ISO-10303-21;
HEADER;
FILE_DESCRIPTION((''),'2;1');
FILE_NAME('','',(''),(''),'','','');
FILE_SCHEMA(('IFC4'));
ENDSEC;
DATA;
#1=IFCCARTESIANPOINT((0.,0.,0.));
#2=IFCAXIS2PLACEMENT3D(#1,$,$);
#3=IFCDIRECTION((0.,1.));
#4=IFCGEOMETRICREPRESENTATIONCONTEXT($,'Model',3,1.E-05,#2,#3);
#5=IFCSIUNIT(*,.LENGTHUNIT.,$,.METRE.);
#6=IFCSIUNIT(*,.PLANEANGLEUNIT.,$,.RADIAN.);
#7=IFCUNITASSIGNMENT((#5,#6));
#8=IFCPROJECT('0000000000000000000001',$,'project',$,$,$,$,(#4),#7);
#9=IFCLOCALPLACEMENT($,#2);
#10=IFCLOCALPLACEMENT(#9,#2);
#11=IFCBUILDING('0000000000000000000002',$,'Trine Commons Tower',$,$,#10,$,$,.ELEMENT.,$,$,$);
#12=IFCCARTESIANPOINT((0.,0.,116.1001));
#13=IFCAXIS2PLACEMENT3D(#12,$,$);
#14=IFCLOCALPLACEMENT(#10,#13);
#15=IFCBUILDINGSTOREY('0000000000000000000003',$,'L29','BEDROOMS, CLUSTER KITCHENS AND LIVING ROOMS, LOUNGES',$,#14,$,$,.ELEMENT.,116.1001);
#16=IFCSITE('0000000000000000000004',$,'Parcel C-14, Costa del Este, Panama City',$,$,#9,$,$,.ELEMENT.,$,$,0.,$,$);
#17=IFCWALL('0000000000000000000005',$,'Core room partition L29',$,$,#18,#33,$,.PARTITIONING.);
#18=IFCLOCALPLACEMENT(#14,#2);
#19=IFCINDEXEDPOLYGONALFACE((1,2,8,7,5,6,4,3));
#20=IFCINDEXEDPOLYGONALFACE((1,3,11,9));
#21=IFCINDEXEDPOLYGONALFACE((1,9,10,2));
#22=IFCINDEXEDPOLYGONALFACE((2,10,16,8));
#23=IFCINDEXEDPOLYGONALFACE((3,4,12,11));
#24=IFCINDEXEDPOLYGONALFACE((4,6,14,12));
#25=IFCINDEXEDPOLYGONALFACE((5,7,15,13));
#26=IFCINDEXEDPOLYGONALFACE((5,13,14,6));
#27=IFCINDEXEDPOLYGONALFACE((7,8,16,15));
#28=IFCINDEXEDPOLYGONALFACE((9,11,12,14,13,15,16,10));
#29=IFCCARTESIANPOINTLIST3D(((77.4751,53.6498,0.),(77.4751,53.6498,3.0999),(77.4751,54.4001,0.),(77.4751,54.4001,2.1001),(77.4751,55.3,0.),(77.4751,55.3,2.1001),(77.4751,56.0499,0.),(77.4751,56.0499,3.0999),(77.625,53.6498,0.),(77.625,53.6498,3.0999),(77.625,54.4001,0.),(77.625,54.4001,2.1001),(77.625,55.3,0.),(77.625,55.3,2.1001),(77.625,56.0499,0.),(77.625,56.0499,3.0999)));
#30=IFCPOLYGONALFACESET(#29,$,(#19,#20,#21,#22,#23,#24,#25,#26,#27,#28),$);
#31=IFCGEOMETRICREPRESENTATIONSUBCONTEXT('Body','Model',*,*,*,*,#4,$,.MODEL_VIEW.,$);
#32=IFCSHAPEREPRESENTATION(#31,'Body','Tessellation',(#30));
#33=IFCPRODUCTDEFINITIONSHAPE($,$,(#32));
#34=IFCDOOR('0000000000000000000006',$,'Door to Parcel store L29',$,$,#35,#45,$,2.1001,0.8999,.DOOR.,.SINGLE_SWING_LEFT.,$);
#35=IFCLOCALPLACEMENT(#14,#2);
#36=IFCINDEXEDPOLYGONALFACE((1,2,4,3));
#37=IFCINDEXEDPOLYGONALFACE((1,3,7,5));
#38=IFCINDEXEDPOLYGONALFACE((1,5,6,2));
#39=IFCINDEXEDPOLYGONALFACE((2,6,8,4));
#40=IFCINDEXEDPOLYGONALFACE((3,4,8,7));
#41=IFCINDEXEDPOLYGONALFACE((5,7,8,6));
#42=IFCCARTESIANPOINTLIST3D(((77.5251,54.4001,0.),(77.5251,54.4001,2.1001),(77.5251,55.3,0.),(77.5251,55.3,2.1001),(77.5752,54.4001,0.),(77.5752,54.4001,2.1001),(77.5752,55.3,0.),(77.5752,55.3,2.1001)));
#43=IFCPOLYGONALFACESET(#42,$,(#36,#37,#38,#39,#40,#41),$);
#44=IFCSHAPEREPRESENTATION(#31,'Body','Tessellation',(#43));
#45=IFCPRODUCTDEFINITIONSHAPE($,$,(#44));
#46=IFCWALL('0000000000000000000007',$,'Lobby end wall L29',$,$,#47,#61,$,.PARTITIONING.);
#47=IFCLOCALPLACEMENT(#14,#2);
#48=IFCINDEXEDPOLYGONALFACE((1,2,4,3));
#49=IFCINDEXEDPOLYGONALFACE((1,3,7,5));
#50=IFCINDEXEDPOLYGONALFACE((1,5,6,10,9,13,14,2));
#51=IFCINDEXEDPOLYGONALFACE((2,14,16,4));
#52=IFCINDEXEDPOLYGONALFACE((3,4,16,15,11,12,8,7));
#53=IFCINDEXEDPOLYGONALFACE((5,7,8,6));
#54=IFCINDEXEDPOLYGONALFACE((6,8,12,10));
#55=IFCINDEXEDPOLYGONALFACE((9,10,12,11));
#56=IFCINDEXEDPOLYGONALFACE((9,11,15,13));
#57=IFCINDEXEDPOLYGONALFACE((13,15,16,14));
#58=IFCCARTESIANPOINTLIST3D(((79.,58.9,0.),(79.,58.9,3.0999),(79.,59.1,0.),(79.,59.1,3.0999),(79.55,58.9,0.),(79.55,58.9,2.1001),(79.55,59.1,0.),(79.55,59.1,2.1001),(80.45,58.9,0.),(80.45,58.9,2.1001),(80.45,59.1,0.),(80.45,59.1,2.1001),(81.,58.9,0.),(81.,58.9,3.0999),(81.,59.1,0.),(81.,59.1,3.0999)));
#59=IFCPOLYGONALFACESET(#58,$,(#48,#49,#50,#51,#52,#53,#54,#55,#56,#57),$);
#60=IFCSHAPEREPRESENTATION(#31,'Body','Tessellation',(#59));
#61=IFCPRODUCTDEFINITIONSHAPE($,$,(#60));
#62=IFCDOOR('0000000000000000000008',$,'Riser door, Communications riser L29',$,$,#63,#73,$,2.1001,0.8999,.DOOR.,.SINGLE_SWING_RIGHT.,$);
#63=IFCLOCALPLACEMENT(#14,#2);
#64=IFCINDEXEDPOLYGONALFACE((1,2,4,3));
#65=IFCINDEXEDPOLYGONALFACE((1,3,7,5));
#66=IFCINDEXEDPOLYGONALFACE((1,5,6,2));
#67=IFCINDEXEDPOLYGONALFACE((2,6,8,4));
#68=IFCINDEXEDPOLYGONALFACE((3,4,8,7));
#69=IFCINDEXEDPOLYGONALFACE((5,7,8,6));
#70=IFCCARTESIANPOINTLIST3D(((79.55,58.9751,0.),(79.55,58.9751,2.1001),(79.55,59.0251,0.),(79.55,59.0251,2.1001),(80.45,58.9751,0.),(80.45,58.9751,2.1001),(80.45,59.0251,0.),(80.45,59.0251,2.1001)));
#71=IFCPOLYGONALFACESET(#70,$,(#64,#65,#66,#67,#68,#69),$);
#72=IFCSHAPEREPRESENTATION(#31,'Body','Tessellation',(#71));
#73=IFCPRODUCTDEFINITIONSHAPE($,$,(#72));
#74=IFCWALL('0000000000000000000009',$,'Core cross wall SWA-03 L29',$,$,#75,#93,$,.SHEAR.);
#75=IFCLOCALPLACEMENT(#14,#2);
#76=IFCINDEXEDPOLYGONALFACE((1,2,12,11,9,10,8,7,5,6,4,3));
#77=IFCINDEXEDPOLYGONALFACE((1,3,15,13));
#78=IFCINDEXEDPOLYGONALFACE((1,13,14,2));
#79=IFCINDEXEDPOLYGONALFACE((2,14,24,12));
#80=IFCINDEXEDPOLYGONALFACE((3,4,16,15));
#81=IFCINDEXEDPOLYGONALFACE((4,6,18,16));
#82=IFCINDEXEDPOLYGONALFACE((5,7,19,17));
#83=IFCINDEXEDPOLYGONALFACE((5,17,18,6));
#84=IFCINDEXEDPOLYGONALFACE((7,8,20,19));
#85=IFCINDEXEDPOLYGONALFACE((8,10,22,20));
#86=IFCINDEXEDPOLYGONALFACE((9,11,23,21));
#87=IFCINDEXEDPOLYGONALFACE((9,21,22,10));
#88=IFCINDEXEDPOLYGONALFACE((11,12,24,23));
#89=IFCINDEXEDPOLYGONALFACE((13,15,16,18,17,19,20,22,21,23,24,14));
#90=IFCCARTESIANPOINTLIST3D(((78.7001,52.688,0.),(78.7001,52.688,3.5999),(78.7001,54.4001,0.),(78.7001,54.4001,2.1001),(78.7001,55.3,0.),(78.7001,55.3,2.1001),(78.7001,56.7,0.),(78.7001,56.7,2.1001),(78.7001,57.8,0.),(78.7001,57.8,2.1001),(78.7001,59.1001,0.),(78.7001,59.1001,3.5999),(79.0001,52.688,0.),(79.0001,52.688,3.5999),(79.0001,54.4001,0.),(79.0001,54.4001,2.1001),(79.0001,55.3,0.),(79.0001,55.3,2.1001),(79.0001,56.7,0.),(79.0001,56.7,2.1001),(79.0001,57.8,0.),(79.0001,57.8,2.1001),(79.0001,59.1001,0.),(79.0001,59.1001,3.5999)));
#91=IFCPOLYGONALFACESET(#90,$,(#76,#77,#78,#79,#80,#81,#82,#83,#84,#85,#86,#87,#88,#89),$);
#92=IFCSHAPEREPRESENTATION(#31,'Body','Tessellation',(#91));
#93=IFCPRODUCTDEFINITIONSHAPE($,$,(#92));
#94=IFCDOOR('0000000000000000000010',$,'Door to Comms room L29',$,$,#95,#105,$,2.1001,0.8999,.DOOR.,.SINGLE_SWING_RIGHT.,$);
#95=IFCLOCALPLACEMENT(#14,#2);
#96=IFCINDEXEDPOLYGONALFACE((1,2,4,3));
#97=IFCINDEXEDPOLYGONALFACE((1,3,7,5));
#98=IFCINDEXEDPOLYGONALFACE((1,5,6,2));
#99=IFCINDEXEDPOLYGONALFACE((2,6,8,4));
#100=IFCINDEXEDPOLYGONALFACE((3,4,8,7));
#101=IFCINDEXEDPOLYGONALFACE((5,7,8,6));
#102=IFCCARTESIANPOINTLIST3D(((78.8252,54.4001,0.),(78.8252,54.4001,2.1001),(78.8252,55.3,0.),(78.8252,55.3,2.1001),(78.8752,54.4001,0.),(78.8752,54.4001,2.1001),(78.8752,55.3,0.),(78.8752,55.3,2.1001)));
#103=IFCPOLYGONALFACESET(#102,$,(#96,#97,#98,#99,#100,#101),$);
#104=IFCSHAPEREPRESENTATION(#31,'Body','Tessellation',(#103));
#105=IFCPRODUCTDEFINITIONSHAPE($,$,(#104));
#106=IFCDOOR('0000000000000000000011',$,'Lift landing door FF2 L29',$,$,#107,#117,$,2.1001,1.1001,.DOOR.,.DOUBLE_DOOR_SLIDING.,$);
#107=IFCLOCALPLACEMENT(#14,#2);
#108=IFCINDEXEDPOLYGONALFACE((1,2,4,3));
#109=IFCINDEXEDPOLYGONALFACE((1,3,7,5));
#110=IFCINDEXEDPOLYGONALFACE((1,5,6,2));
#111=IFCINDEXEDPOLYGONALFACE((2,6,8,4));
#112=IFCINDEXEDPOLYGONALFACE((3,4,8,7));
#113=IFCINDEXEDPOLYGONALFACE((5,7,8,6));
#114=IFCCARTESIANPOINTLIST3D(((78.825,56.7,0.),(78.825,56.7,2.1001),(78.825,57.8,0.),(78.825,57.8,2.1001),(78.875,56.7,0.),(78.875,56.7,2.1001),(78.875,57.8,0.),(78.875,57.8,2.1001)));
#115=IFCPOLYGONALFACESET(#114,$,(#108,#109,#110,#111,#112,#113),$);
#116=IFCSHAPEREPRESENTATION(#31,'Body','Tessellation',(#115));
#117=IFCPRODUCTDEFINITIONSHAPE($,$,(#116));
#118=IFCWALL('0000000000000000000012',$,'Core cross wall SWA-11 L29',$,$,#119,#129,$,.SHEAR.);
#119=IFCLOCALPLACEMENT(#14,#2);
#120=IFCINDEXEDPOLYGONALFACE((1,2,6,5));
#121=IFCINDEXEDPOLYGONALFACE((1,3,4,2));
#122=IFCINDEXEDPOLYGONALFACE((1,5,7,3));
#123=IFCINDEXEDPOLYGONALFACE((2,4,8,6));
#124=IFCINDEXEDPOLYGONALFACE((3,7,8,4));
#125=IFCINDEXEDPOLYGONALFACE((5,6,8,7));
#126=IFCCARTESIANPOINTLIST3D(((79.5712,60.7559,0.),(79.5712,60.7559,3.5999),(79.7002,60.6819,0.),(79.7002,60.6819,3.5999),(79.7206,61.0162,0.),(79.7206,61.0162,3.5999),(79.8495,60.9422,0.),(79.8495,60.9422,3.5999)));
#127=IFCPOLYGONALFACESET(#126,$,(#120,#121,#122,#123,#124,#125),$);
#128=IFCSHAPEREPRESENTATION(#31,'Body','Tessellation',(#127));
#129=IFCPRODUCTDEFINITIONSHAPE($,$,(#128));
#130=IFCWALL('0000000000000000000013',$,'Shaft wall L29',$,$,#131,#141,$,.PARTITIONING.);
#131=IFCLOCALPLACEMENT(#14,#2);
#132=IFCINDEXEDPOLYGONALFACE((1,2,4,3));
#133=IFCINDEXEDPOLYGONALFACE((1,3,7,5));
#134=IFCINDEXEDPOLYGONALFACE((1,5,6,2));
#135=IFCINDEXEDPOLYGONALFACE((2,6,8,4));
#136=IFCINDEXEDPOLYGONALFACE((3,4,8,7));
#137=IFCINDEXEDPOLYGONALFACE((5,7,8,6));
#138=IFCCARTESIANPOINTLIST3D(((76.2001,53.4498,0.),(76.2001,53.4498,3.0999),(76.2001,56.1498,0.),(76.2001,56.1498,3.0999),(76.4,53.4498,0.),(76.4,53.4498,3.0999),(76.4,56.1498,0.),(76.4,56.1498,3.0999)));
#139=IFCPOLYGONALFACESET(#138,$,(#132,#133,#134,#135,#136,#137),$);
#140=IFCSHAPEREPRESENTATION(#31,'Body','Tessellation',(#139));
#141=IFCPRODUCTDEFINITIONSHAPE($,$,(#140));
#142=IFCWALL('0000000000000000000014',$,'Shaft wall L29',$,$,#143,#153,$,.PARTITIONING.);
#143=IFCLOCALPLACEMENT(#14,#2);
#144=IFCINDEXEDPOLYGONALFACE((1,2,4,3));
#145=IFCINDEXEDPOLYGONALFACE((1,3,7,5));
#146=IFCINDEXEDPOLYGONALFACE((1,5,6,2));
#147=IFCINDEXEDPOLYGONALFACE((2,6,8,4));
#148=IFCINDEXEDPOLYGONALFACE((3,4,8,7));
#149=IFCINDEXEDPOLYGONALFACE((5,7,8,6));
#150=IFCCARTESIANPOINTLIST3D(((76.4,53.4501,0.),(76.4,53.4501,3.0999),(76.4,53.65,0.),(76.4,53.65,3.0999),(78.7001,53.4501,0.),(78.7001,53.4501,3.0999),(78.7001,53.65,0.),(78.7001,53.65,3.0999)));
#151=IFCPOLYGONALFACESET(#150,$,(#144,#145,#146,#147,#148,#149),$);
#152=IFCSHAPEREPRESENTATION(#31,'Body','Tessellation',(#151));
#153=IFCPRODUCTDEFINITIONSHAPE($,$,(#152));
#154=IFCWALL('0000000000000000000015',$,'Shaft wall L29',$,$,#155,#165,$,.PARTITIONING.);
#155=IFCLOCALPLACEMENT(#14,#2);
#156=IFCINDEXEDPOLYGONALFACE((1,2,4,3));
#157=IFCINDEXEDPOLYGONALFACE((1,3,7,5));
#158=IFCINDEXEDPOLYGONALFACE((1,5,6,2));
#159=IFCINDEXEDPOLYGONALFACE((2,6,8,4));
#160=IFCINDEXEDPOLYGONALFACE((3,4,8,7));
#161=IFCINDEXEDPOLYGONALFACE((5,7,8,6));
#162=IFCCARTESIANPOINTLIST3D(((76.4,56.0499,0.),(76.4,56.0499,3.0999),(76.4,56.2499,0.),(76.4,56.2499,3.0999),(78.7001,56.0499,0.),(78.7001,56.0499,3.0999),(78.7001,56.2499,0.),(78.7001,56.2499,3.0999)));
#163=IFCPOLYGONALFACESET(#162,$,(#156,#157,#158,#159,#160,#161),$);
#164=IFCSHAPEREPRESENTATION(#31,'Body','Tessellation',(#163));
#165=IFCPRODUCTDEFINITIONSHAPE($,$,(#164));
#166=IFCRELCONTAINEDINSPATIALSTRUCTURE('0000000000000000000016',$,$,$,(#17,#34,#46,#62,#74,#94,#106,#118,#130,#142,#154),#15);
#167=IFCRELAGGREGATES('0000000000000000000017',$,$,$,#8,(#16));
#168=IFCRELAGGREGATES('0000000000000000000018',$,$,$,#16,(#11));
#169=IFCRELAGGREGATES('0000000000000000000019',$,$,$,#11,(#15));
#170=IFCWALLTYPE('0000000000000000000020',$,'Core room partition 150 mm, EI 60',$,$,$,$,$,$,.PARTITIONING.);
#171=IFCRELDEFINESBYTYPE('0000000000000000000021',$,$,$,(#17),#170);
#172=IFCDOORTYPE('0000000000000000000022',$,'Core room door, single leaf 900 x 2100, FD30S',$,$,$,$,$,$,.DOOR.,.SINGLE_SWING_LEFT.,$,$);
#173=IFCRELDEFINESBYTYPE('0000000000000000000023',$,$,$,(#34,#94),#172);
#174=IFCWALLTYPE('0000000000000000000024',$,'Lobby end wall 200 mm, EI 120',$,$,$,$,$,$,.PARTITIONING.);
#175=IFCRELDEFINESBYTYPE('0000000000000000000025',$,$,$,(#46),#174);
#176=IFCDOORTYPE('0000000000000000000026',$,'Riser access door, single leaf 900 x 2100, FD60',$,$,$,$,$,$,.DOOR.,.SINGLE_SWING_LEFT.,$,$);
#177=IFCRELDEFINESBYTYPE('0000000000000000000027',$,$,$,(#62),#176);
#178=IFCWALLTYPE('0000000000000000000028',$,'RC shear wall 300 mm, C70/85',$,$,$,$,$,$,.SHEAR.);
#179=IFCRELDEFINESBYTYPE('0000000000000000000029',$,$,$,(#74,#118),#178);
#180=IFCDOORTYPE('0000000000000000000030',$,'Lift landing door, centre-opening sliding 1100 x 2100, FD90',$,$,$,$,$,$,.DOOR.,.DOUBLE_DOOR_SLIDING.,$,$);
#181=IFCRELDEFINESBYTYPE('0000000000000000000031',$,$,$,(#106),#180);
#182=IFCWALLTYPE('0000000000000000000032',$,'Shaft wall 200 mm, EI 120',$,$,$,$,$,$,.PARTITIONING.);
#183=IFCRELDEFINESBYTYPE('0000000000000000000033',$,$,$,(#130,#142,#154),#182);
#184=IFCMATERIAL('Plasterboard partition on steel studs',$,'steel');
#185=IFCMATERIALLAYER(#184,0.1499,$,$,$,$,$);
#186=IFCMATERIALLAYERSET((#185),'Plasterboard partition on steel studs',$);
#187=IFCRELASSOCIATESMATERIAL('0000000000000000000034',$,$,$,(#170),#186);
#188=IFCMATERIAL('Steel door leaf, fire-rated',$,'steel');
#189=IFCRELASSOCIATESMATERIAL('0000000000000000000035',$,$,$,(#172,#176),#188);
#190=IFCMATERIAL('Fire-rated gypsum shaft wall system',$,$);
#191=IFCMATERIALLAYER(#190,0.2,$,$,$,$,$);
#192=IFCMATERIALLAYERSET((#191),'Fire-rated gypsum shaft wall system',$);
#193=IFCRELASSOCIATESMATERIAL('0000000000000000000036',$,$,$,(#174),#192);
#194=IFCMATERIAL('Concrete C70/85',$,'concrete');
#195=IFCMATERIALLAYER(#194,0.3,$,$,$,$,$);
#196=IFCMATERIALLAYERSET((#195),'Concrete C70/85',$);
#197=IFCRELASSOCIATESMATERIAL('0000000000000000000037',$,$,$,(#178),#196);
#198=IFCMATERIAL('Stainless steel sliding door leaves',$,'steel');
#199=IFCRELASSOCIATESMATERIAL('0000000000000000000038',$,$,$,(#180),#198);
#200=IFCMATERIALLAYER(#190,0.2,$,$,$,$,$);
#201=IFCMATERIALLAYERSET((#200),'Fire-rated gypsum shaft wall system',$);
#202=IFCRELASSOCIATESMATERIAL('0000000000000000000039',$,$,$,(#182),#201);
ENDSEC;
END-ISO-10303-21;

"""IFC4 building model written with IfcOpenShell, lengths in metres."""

from ifc_helpers import new_model, si_unit, direction, frame, frame_2d, origin, place, context, subcontext, project, spatial, rectangle, extrude, material, layer, layer_set, type_object, element, fill, save


model = new_model("IFC4")

# Units and contexts
model_context = context("Model", 3, precision=1e-05, world=origin(), true_north=direction((0.0, 1.0)))
body_context = subcontext(model_context, "Body", "Model", "MODEL_VIEW")
ifc_project = project(units=[si_unit("LENGTHUNIT", "METRE"), si_unit("PLANEANGLEUNIT", "RADIAN")], contexts=[model_context])

# Site, building, storey
site_placement = place(None, origin())
site = spatial("IfcSite", under=ifc_project, at=site_placement, Name="Parcel C-14, Costa del Este, Panama City", CompositionType="ELEMENT", RefElevation=0.0)
building_placement = place(site_placement, origin())
building = spatial("IfcBuilding", under=site, at=building_placement, Name="Trine Commons Tower", CompositionType="ELEMENT")
storey_placement = place(building_placement, frame((0.0, 0.0, 116.1001)))
storey = spatial("IfcBuildingStorey", under=building, at=storey_placement, Name="L29", Description="BEDROOMS, CLUSTER KITCHENS AND LIVING ROOMS, LOUNGES", CompositionType="ELEMENT", Elevation=116.1001)

# Walls, openings, doors
ifc_material_1 = material(Name="Plasterboard partition on steel studs", Category="steel")
ifc_layer_1 = layer(ifc_material_1, 0.1499)
ifc_layer_set_1 = layer_set([ifc_layer_1], Name="Plasterboard partition on steel studs")
wall_type_1 = type_object("IfcWallType", Name="Core room partition 150 mm, EI 60", PredefinedType="PARTITIONING", material=ifc_layer_set_1)
wall_1_placement = place(storey_placement, frame((77.55, 56.05, 0.0), z_axis=(0.0, 0.0, 1.0), x_axis=(0.0, -1.0, 0.0)))
wall_1 = element("IfcWall", 1, at=wall_1_placement, inside=storey, type_object=wall_type_1, Name="Core room partition L29", PredefinedType="PARTITIONING", context=body_context, shape_type="SweptSolid", body=[
    extrude(rectangle(XDim=2.4001, YDim=0.1499, at=frame_2d((1.2002, 0.0))), origin(), (0.0, 0.0, 1.0), 3.0999),
])
opening_1_placement = place(wall_1_placement, frame((0.75, 0.0, 0.0)))
opening_1 = element("IfcOpeningElement", 2, at=opening_1_placement, cuts=wall_1, PredefinedType="OPENING", context=body_context, shape_type="SweptSolid", body=[
    extrude(rectangle(XDim=0.8999, YDim=2.1001, at=frame_2d((0.45, 1.05))), frame((0.0, 0.085, 0.0), z_axis=(0.0, -1.0, 0.0), x_axis=(1.0, 0.0, 0.0)), (0.0, 0.0, 1.0), 0.1699),
])
ifc_material_2 = material(Name="Steel door leaf, fire-rated", Category="steel")
door_type_1 = type_object("IfcDoorType", Name="Core room door, single leaf 900 x 2100, FD30S", OperationType="SINGLE_SWING_LEFT", PredefinedType="DOOR", material=ifc_material_2)
door_1_placement = place(opening_1_placement, frame((0.8999, 0.0, 0.0), z_axis=(0.0, 0.0, 1.0), x_axis=(-1.0, 0.0, 0.0)))
door_1 = element("IfcDoor", 3, at=door_1_placement, inside=storey, type_object=door_type_1, Name="Door to Parcel store L29", OperationType="SINGLE_SWING_LEFT", OverallHeight=2.1001, OverallWidth=0.8999, PredefinedType="DOOR", context=body_context, shape_type="SweptSolid", body=[
    extrude(rectangle(XDim=0.8999, YDim=2.1001, at=frame_2d((0.45, 1.05))), frame((0.0, 0.0249, 0.0), z_axis=(0.0, -1.0, 0.0), x_axis=(1.0, 0.0, 0.0)), (0.0, 0.0, 1.0), 0.05),
])
fill(opening_1, door_1)
ifc_material_3 = material(Name="Fire-rated gypsum shaft wall system")
ifc_layer_2 = layer(ifc_material_3, 0.2)
ifc_layer_set_2 = layer_set([ifc_layer_2], Name="Fire-rated gypsum shaft wall system")
wall_type_2 = type_object("IfcWallType", Name="Lobby end wall 200 mm, EI 120", PredefinedType="PARTITIONING", material=ifc_layer_set_2)
wall_2_placement = place(storey_placement, frame((79.0, 59.0, 0.0), z_axis=(0.0, 0.0, 1.0), x_axis=(1.0, 0.0, 0.0)))
wall_2 = element("IfcWall", 4, at=wall_2_placement, inside=storey, type_object=wall_type_2, Name="Lobby end wall L29", PredefinedType="PARTITIONING", context=body_context, shape_type="SweptSolid", body=[
    extrude(rectangle(XDim=2.0, YDim=0.2, at=frame_2d((1.0, 0.0))), origin(), (0.0, 0.0, 1.0), 3.0999),
])
opening_2_placement = place(wall_2_placement, frame((0.55, 0.0, 0.0)))
opening_2 = element("IfcOpeningElement", 5, at=opening_2_placement, cuts=wall_2, PredefinedType="OPENING", context=body_context, shape_type="SweptSolid", body=[
    extrude(rectangle(XDim=0.8999, YDim=2.1001, at=frame_2d((0.45, 1.05))), frame((0.0, 0.1099, 0.0), z_axis=(0.0, -1.0, 0.0), x_axis=(1.0, 0.0, 0.0)), (0.0, 0.0, 1.0), 0.22),
])
door_type_2 = type_object("IfcDoorType", Name="Riser access door, single leaf 900 x 2100, FD60", OperationType="SINGLE_SWING_LEFT", PredefinedType="DOOR", material=ifc_material_2)
door_2_placement = place(opening_2_placement, frame((0.8999, 0.0, 0.0), z_axis=(0.0, 0.0, 1.0), x_axis=(-1.0, 0.0, 0.0)))
door_2 = element("IfcDoor", 6, at=door_2_placement, inside=storey, type_object=door_type_2, Name="Riser door, Communications riser L29", OperationType="SINGLE_SWING_RIGHT", OverallHeight=2.1001, OverallWidth=0.8999, PredefinedType="DOOR", context=body_context, shape_type="SweptSolid", body=[
    extrude(rectangle(XDim=0.8999, YDim=2.1001, at=frame_2d((0.45, 1.05))), frame((0.0, 0.0249, 0.0), z_axis=(0.0, -1.0, 0.0), x_axis=(1.0, 0.0, 0.0)), (0.0, 0.0, 1.0), 0.05),
])
fill(opening_2, door_2)

# Wall, openings, doors
ifc_material_4 = material(Name="Concrete C70/85", Category="concrete")
ifc_layer_3 = layer(ifc_material_4, 0.3)
ifc_layer_set_3 = layer_set([ifc_layer_3], Name="Concrete C70/85")
wall_type_3 = type_object("IfcWallType", Name="RC shear wall 300 mm, C70/85", PredefinedType="SHEAR", material=ifc_layer_set_3)
wall_3_placement = place(storey_placement, frame((78.8501, 59.1001, 0.0), z_axis=(0.0, 0.0, 1.0), x_axis=(0.0, -1.0, 0.0)))
wall_3 = element("IfcWall", 7, at=wall_3_placement, inside=storey, type_object=wall_type_3, Name="Core cross wall SWA-03 L29", PredefinedType="SHEAR", context=body_context, shape_type="SweptSolid", body=[
    extrude(rectangle(XDim=6.4121, YDim=0.3, at=frame_2d((3.2061, 0.0))), origin(), (0.0, 0.0, 1.0), 3.5999),
])
opening_3_placement = place(wall_3_placement, frame((3.8, 0.0, 0.0)))
opening_3 = element("IfcOpeningElement", 8, at=opening_3_placement, cuts=wall_3, PredefinedType="OPENING", context=body_context, shape_type="SweptSolid", body=[
    extrude(rectangle(XDim=0.8999, YDim=2.1001, at=frame_2d((0.45, 1.05))), frame((0.0, 0.1599, 0.0), z_axis=(0.0, -1.0, 0.0), x_axis=(1.0, 0.0, 0.0)), (0.0, 0.0, 1.0), 0.3201),
])
opening_4_placement = place(wall_3_placement, frame((1.3, 0.0, 0.0)))
opening_4 = element("IfcOpeningElement", 9, at=opening_4_placement, cuts=wall_3, PredefinedType="OPENING", context=body_context, shape_type="SweptSolid", body=[
    extrude(rectangle(XDim=1.1001, YDim=2.1001, at=frame_2d((0.55, 1.05))), frame((0.0, 0.1599, 0.0), z_axis=(0.0, -1.0, 0.0), x_axis=(1.0, 0.0, 0.0)), (0.0, 0.0, 1.0), 0.3201),
])
door_3_placement = place(opening_3_placement, frame((0.8999, 0.0, 0.0), z_axis=(0.0, 0.0, 1.0), x_axis=(-1.0, 0.0, 0.0)))
door_3 = element("IfcDoor", 10, at=door_3_placement, inside=storey, type_object=door_type_1, Name="Door to Comms room L29", OperationType="SINGLE_SWING_RIGHT", OverallHeight=2.1001, OverallWidth=0.8999, PredefinedType="DOOR", context=body_context, shape_type="SweptSolid", body=[
    extrude(rectangle(XDim=0.8999, YDim=2.1001, at=frame_2d((0.45, 1.05))), frame((0.0, 0.0249, 0.0), z_axis=(0.0, -1.0, 0.0), x_axis=(1.0, 0.0, 0.0)), (0.0, 0.0, 1.0), 0.05),
])
fill(opening_3, door_3)
ifc_material_5 = material(Name="Stainless steel sliding door leaves", Category="steel")
door_type_3 = type_object("IfcDoorType", Name="Lift landing door, centre-opening sliding 1100 x 2100, FD90", OperationType="DOUBLE_DOOR_SLIDING", PredefinedType="DOOR", material=ifc_material_5)
door_4_placement = place(opening_4_placement, origin())
door_4 = element("IfcDoor", 11, at=door_4_placement, inside=storey, type_object=door_type_3, Name="Lift landing door FF2 L29", OperationType="DOUBLE_DOOR_SLIDING", OverallHeight=2.1001, OverallWidth=1.1001, PredefinedType="DOOR", context=body_context, shape_type="SweptSolid", body=[
    extrude(rectangle(XDim=1.1001, YDim=2.1001, at=frame_2d((0.55, 1.05))), frame((0.0, 0.0249, 0.0), z_axis=(0.0, -1.0, 0.0), x_axis=(1.0, 0.0, 0.0)), (0.0, 0.0, 1.0), 0.05),
])
fill(opening_4, door_4)

# Walls
wall_4_placement = place(storey_placement, frame((79.646, 60.886, 0.0), z_axis=(0.0, 0.0, 1.0), x_axis=(0.867332, -0.49773, 0.0)))
element("IfcWall", 12, at=wall_4_placement, inside=storey, type_object=wall_type_3, Name="Core cross wall SWA-11 L29", PredefinedType="SHEAR", context=body_context, shape_type="SweptSolid", body=[
    extrude(rectangle(XDim=0.1487, YDim=0.3, at=frame_2d((0.0742, 0.0))), origin(), (0.0, 0.0, 1.0), 3.5999),
])
ifc_layer_4 = layer(ifc_material_3, 0.2)
ifc_layer_set_4 = layer_set([ifc_layer_4], Name="Fire-rated gypsum shaft wall system")
wall_type_4 = type_object("IfcWallType", Name="Shaft wall 200 mm, EI 120", PredefinedType="PARTITIONING", material=ifc_layer_set_4)
wall_5_placement = place(storey_placement, frame((76.3, 56.1499, 0.0), z_axis=(0.0, 0.0, 1.0), x_axis=(0.0, -1.0, 0.0)))
element("IfcWall", 13, at=wall_5_placement, inside=storey, type_object=wall_type_4, Name="Shaft wall L29", PredefinedType="PARTITIONING", context=body_context, shape_type="SweptSolid", body=[
    extrude(rectangle(XDim=2.7, YDim=0.2, at=frame_2d((1.3501, 0.0))), origin(), (0.0, 0.0, 1.0), 3.0999),
])
for number, where, z_axis, x_axis, name in (
    (14, (78.7, 53.55, 0.0), (0.0, 0.0, 1.0), (-1.0, 0.0, 0.0), "Shaft wall L29"),
    (15, (78.7, 56.1499, 0.0), (0.0, 0.0, 1.0), (-1.0, 0.0, 0.0), "Shaft wall L29"),
):
    element("IfcWall", number, at=place(storey_placement, frame(where, z_axis=z_axis, x_axis=x_axis)), inside=storey, type_object=wall_type_4, Name=name, PredefinedType="PARTITIONING", context=body_context, shape_type="SweptSolid", body=[
        extrude(rectangle(XDim=2.3, YDim=0.2, at=frame_2d((1.1499, 0.0))), origin(), (0.0, 0.0, 1.0), 3.0999),
    ])

save(model, "model.ifc")
